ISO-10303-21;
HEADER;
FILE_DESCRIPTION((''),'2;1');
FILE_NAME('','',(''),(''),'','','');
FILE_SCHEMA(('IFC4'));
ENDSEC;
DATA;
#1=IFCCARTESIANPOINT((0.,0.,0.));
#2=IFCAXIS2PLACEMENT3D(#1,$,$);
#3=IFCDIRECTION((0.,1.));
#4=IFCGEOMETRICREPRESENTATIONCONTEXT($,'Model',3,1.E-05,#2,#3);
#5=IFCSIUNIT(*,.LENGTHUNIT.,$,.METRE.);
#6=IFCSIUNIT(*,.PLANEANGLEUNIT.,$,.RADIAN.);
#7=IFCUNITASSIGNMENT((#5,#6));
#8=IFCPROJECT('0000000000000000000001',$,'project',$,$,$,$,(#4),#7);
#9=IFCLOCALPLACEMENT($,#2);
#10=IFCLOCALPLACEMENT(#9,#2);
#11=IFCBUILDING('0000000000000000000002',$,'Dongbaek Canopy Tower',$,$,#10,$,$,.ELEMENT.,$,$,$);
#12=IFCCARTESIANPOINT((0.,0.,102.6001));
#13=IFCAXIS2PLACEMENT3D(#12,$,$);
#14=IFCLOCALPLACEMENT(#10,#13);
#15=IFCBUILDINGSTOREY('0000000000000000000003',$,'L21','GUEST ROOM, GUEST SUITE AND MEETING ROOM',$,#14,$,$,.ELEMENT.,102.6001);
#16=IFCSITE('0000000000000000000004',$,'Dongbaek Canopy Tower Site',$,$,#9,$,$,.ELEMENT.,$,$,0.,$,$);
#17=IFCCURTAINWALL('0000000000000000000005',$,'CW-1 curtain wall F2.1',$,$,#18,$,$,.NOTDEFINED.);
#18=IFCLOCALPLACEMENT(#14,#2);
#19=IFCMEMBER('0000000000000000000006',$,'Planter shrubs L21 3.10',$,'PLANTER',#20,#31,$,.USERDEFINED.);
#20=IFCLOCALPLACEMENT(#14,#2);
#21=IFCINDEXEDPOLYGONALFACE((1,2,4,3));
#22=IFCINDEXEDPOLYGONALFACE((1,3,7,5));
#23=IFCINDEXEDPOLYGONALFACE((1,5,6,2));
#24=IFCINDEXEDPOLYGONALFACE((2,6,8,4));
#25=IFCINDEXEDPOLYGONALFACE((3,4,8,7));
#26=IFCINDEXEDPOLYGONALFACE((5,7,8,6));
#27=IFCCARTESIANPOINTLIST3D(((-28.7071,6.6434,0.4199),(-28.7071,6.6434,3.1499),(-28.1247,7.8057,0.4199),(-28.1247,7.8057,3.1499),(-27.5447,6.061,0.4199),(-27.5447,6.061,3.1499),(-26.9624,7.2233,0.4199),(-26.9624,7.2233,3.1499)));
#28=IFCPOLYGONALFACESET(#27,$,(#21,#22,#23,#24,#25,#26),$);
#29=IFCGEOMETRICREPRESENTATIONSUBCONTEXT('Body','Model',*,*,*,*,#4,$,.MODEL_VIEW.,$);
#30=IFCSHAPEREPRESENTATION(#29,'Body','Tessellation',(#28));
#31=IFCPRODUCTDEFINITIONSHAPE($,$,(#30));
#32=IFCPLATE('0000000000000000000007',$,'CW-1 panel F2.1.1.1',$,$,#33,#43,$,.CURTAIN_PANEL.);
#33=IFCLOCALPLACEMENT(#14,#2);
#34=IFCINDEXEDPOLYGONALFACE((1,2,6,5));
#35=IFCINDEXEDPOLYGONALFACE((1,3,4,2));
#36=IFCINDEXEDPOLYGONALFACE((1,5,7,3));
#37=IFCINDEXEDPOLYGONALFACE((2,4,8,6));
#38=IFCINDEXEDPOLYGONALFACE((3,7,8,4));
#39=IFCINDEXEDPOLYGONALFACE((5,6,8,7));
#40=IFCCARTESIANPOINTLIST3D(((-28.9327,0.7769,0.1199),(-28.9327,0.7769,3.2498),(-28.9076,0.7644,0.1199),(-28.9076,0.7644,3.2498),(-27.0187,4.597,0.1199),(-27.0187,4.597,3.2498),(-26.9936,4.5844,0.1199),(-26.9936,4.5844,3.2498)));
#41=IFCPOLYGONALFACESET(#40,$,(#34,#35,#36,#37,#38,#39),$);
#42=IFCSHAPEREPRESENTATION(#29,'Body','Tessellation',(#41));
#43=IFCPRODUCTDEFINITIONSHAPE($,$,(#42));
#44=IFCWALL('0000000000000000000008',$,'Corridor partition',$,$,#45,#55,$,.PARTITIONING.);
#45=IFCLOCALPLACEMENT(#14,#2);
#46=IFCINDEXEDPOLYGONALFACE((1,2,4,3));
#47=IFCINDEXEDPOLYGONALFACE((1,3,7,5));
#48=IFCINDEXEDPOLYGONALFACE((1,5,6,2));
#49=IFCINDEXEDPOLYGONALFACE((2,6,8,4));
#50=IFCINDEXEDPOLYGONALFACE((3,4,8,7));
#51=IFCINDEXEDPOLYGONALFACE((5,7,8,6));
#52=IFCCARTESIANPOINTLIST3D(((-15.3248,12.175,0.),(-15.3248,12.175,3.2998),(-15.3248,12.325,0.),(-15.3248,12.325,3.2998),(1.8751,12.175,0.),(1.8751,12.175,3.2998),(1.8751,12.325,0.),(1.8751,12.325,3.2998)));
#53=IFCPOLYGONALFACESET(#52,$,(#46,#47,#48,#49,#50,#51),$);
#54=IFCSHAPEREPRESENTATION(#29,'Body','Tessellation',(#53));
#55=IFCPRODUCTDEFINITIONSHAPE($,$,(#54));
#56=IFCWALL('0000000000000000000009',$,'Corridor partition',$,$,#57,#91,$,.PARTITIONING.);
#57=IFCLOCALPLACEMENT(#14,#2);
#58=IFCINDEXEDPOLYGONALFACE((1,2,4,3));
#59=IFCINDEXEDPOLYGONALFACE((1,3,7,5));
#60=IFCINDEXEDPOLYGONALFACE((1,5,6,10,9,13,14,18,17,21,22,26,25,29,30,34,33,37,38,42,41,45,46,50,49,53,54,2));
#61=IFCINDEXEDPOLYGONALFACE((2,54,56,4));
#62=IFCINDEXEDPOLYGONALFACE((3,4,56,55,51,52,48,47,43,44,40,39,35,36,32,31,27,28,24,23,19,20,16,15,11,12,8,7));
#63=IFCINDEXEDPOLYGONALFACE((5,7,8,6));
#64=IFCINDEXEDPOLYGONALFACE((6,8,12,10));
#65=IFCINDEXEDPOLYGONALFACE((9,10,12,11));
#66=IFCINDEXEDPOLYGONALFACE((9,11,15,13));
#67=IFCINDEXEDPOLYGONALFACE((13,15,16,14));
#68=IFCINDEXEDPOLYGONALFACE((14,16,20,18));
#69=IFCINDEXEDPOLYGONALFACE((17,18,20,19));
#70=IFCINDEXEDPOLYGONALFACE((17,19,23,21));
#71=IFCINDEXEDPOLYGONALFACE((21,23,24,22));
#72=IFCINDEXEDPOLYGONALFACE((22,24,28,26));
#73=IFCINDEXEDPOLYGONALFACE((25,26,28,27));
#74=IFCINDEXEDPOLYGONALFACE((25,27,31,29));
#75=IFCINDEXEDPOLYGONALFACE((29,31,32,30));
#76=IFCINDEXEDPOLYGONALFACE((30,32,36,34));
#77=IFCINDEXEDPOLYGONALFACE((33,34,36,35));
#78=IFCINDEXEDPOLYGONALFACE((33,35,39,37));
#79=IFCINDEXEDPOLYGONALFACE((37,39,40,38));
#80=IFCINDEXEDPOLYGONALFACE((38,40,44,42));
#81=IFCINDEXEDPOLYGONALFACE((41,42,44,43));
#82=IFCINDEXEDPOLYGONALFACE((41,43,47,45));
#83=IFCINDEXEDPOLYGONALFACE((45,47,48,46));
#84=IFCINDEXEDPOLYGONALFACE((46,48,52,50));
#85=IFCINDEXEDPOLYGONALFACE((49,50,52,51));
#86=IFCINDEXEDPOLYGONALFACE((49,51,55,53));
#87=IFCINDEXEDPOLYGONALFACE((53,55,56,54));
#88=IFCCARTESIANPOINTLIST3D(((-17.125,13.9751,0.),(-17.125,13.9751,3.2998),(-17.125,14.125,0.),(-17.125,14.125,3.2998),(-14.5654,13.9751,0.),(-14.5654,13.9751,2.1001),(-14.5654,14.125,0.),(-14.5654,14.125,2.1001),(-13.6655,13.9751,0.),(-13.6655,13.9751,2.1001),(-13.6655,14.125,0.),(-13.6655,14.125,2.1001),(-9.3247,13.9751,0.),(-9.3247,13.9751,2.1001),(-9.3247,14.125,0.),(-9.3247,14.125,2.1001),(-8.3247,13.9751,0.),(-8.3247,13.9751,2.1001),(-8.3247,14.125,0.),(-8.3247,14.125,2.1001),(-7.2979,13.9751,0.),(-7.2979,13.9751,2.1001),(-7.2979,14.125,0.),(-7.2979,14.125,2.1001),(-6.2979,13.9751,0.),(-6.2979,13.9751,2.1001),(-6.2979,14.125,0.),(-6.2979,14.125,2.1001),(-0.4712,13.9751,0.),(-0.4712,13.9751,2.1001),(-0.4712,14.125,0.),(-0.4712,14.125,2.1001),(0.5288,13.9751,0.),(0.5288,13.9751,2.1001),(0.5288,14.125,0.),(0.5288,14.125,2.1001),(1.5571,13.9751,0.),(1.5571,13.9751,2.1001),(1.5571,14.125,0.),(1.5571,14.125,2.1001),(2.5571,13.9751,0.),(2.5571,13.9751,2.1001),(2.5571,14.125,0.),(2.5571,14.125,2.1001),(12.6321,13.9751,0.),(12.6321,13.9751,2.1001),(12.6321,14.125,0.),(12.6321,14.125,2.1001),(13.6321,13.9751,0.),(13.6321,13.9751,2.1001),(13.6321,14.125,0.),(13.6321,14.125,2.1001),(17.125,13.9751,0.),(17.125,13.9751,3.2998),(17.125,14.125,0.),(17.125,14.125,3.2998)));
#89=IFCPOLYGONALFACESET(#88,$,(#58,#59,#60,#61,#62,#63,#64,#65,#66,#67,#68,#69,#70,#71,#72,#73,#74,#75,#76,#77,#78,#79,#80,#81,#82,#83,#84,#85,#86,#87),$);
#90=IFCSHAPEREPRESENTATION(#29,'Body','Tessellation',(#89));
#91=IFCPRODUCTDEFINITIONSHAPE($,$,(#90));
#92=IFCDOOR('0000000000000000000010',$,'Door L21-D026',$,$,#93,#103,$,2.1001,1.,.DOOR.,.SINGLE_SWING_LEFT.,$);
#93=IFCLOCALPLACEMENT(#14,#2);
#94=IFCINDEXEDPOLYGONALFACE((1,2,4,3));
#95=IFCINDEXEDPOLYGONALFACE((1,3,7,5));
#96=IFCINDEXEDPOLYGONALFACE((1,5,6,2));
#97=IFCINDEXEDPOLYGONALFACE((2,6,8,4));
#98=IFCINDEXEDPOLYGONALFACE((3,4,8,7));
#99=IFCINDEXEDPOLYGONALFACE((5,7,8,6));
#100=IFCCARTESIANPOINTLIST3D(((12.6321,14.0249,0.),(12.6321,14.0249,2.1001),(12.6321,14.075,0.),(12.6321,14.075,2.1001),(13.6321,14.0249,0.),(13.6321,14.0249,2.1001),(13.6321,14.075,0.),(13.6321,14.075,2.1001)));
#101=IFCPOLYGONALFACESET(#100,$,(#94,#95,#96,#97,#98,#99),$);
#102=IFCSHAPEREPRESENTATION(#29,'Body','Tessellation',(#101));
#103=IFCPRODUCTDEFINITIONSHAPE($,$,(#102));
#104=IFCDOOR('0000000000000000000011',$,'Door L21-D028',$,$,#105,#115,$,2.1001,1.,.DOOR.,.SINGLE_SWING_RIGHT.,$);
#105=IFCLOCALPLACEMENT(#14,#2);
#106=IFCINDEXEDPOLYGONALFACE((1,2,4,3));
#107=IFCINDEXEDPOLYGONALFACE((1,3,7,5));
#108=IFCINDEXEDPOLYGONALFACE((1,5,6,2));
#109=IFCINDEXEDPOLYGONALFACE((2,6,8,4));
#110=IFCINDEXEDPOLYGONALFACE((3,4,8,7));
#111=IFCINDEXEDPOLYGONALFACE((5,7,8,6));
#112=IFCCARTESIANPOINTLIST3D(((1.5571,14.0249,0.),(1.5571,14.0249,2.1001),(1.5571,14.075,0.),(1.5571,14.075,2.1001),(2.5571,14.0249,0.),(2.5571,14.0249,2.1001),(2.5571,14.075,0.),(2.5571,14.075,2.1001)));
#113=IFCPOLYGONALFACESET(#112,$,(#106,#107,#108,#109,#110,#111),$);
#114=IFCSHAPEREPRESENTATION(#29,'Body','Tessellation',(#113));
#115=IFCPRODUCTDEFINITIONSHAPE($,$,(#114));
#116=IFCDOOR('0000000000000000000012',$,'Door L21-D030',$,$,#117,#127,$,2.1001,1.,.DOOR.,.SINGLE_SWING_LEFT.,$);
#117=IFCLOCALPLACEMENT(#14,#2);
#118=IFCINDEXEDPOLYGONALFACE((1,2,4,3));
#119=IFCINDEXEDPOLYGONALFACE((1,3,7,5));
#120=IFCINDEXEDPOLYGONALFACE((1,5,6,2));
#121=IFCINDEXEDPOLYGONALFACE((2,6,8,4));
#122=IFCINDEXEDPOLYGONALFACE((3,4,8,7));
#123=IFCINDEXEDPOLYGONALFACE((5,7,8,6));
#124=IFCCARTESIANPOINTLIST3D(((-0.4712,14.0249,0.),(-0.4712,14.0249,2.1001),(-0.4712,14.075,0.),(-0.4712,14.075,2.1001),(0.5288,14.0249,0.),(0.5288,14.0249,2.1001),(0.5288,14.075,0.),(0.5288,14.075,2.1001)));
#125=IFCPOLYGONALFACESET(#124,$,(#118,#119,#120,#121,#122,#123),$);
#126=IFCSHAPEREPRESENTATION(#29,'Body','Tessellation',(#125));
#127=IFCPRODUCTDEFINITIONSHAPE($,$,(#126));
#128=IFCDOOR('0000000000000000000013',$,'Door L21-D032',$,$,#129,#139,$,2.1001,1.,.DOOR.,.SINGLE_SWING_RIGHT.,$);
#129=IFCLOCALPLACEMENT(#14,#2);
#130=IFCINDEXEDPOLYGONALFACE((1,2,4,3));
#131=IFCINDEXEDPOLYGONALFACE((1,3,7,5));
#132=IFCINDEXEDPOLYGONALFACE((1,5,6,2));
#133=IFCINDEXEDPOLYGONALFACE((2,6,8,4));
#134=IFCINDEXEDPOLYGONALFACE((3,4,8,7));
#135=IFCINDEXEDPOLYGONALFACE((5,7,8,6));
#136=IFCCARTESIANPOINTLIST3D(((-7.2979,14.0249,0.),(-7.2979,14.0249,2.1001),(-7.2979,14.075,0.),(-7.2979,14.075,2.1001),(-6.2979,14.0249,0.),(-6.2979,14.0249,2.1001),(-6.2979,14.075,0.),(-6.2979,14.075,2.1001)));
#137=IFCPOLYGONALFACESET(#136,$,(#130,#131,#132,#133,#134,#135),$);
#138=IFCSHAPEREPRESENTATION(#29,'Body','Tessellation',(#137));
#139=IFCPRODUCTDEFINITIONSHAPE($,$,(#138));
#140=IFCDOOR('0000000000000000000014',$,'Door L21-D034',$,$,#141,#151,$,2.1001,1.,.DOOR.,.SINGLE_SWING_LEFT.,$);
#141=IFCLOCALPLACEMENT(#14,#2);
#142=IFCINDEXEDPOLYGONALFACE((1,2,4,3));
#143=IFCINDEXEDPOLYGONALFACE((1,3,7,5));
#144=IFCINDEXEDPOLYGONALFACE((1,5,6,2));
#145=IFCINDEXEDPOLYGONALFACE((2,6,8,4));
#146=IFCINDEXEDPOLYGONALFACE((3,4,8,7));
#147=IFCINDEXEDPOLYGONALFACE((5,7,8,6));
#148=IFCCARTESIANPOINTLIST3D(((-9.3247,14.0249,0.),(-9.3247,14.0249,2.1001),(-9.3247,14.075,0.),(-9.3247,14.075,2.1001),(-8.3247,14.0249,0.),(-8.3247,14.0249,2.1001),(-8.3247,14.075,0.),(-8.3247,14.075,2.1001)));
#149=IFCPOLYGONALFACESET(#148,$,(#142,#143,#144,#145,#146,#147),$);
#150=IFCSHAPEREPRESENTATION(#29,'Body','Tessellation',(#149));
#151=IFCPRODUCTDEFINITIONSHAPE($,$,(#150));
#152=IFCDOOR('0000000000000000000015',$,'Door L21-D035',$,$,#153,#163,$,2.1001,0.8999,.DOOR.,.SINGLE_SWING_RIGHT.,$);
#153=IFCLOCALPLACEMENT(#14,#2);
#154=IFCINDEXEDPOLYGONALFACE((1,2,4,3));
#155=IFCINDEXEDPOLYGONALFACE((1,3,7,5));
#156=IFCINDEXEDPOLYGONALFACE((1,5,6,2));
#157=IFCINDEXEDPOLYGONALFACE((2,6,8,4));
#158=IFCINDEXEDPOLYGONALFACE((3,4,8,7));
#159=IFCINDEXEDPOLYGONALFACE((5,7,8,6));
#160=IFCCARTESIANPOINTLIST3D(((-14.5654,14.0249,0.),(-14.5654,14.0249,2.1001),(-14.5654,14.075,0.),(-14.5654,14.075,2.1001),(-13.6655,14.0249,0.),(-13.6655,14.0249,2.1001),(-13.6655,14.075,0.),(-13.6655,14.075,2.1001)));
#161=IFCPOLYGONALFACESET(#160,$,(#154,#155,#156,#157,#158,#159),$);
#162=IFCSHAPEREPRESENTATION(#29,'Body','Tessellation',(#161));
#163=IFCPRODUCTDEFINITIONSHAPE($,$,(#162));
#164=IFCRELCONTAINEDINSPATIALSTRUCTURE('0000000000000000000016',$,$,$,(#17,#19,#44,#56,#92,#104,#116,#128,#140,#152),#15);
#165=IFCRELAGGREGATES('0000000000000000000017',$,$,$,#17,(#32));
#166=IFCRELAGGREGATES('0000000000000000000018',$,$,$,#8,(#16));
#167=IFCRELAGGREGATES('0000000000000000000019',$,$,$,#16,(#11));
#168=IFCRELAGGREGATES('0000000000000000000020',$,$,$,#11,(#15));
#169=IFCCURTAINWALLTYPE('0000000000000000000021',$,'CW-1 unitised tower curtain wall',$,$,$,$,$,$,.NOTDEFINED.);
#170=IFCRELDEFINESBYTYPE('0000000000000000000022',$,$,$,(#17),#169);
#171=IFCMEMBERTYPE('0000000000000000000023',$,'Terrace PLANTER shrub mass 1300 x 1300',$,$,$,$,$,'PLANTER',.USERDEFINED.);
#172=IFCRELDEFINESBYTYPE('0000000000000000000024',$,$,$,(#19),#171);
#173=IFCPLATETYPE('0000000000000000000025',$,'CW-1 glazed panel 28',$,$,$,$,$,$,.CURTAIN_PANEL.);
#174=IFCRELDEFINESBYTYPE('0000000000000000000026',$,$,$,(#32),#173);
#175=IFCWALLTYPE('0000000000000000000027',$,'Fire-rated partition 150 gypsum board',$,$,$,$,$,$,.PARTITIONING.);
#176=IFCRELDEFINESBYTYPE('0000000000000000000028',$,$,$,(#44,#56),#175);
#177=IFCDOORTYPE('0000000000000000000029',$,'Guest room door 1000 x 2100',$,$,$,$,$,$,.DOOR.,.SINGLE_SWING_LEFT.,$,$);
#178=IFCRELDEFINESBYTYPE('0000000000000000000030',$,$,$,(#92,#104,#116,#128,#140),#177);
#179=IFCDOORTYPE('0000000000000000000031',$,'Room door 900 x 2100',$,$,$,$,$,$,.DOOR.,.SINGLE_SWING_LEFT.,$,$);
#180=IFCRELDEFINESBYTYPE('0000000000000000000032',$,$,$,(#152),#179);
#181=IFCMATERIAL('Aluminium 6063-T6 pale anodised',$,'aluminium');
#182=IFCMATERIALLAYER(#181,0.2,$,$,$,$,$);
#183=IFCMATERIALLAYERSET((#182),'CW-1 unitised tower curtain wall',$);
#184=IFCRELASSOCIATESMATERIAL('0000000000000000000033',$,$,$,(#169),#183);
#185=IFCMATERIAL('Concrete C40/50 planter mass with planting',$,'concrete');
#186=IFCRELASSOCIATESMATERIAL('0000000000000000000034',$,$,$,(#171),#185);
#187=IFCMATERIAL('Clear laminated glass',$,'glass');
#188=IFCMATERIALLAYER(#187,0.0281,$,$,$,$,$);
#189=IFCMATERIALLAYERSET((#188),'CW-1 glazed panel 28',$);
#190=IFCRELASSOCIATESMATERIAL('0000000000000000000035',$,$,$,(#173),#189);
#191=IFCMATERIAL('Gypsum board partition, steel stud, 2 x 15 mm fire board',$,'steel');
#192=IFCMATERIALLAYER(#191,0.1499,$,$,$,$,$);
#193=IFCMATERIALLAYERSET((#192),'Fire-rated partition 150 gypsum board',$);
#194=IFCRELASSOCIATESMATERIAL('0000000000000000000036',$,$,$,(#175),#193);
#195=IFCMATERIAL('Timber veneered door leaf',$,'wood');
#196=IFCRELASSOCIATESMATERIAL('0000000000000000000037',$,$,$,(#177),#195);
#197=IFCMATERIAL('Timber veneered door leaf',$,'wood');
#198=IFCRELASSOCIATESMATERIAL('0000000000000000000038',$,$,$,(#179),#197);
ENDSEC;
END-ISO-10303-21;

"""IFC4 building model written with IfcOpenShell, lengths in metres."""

from ifc_helpers import new_model, si_unit, direction, frame, frame_2d, origin, origin_2d, place, context, subcontext, project, spatial, rectangle, extrude, material, layer, layer_set, material_profile, profile_set, type_object, element, fill, aggregate, save


model = new_model("IFC4")

# Units and contexts
model_context = context("Model", 3, precision=1e-05, world=origin(), true_north=direction((0.0, 1.0)))
body_context = subcontext(model_context, "Body", "Model", "MODEL_VIEW")
ifc_project = project(units=[si_unit("LENGTHUNIT", "METRE"), si_unit("PLANEANGLEUNIT", "RADIAN")], contexts=[model_context])

# Site, building, storey
site_placement = place(None, origin())
site = spatial("IfcSite", under=ifc_project, at=site_placement, Name="Dongbaek Canopy Tower Site", CompositionType="ELEMENT", RefElevation=0.0)
building_placement = place(site_placement, origin())
building = spatial("IfcBuilding", under=site, at=building_placement, Name="Dongbaek Canopy Tower", CompositionType="ELEMENT")
storey_placement = place(building_placement, frame((0.0, 0.0, 102.6001)))
storey = spatial("IfcBuildingStorey", under=building, at=storey_placement, Name="L21", Description="GUEST ROOM, GUEST SUITE AND MEETING ROOM", CompositionType="ELEMENT", Elevation=102.6001)

# Curtain wall
ifc_material_1 = material(Name="Aluminium 6063-T6 pale anodised", Category="aluminium")
ifc_layer_1 = layer(ifc_material_1, 0.2)
ifc_layer_set_1 = layer_set([ifc_layer_1], Name="CW-1 unitised tower curtain wall")
curtain_wall_type = type_object("IfcCurtainWallType", Name="CW-1 unitised tower curtain wall", PredefinedType="NOTDEFINED", material=ifc_layer_set_1)
curtain_wall_placement = place(storey_placement, origin())
curtain_wall = element("IfcCurtainWall", 1, at=curtain_wall_placement, inside=storey, type_object=curtain_wall_type, Name="CW-1 curtain wall F2.1", PredefinedType="NOTDEFINED")

# Member
ifc_material_2 = material(Name="Concrete C40/50 planter mass with planting", Category="concrete")
ifc_material_profile_1 = material_profile(ifc_material_2, rectangle(XDim=1.3, YDim=1.3, at=origin_2d()), Name="Terrace PLANTER shrub mass 1300 x 1300")
ifc_profile_set_1 = profile_set([ifc_material_profile_1], Name="Concrete C40/50 planter mass with planting")
member_type_1 = type_object("IfcMemberType", Name="Terrace PLANTER shrub mass 1300 x 1300", ElementType="PLANTER", PredefinedType="USERDEFINED", material=ifc_profile_set_1)
for number, where, z_axis, x_axis, name in (
    (2, (-27.8347, 6.9333, 0.4199), (0.0, 0.0, 1.0), (-0.894056, 0.447956, 0.0), "Planter shrubs L21 3.10"),
):
    element("IfcMember", number, at=place(storey_placement, frame(where, z_axis=z_axis, x_axis=x_axis)), inside=storey, type_object=member_type_1, Name=name, ObjectType="PLANTER", PredefinedType="USERDEFINED", context=body_context, shape_type="SweptSolid", body=[
        extrude(rectangle(XDim=1.3, YDim=1.3, at=origin_2d()), origin(), (0.0, 0.0, 1.0), 2.73),
    ])

# Plate
ifc_material_3 = material(Name="Clear laminated glass", Category="glass")
ifc_layer_2 = layer(ifc_material_3, 0.0281)
ifc_layer_set_2 = layer_set([ifc_layer_2], Name="CW-1 glazed panel 28")
plate_type = type_object("IfcPlateType", Name="CW-1 glazed panel 28", PredefinedType="CURTAIN_PANEL", material=ifc_layer_set_2)
plate_placement = place(storey_placement, frame((-27.9631, 2.6807, 0.1199), z_axis=(0.0, 0.0, 1.0), x_axis=(-0.447956, -0.894056, 0.0)))
plate = element("IfcPlate", 3, at=plate_placement, type_object=plate_type, Name="CW-1 panel F2.1.1.1", PredefinedType="CURTAIN_PANEL", context=body_context, shape_type="SweptSolid", body=[
    extrude(rectangle(XDim=4.2727, YDim=0.0281, at=origin_2d()), origin(), (0.0, 0.0, 1.0), 3.1299),
])

# Wall
ifc_material_4 = material(Name="Gypsum board partition, steel stud, 2 x 15 mm fire board", Category="steel")
ifc_layer_3 = layer(ifc_material_4, 0.1499)
ifc_layer_set_3 = layer_set([ifc_layer_3], Name="Fire-rated partition 150 gypsum board")
wall_type_1 = type_object("IfcWallType", Name="Fire-rated partition 150 gypsum board", PredefinedType="PARTITIONING", material=ifc_layer_set_3)
wall_1_placement = place(storey_placement, frame((-15.325, 12.25, 0.0), z_axis=(0.0, 0.0, 1.0), x_axis=(1.0, 0.0, 0.0)))
element("IfcWall", 4, at=wall_1_placement, inside=storey, type_object=wall_type_1, Name="Corridor partition", PredefinedType="PARTITIONING", context=body_context, shape_type="SweptSolid", body=[
    extrude(rectangle(XDim=17.2, YDim=0.1499, at=frame_2d((8.6001, 0.0))), origin(), (0.0, 0.0, 1.0), 3.2998),
])

# Wall, openings, doors
wall_2_placement = place(storey_placement, frame((-17.125, 14.05, 0.0), z_axis=(0.0, 0.0, 1.0), x_axis=(1.0, 0.0, 0.0)))
wall_2 = element("IfcWall", 5, at=wall_2_placement, inside=storey, type_object=wall_type_1, Name="Corridor partition", PredefinedType="PARTITIONING", context=body_context, shape_type="SweptSolid", body=[
    extrude(rectangle(XDim=34.25, YDim=0.1499, at=frame_2d((17.125, 0.0))), origin(), (0.0, 0.0, 1.0), 3.2998),
])
opening_1_placement = place(wall_2_placement, frame((29.7571, 0.0, 0.0)))
opening_1 = element("IfcOpeningElement", 6, at=opening_1_placement, cuts=wall_2, PredefinedType="OPENING", context=body_context, shape_type="SweptSolid", body=[
    extrude(rectangle(XDim=1.0, YDim=2.1001, at=frame_2d((0.5, 1.05))), frame((0.0, 0.085, 0.0), z_axis=(0.0, -1.0, 0.0), x_axis=(1.0, 0.0, 0.0)), (0.0, 0.0, 1.0), 0.1699),
])
opening_2_placement = place(wall_2_placement, frame((18.6821, 0.0, 0.0)))
opening_2 = element("IfcOpeningElement", 7, at=opening_2_placement, cuts=wall_2, PredefinedType="OPENING", context=body_context, shape_type="SweptSolid", body=[
    extrude(rectangle(XDim=1.0, YDim=2.1001, at=frame_2d((0.5, 1.05))), frame((0.0, 0.085, 0.0), z_axis=(0.0, -1.0, 0.0), x_axis=(1.0, 0.0, 0.0)), (0.0, 0.0, 1.0), 0.1699),
])
opening_3_placement = place(wall_2_placement, frame((16.6538, 0.0, 0.0)))
opening_3 = element("IfcOpeningElement", 8, at=opening_3_placement, cuts=wall_2, PredefinedType="OPENING", context=body_context, shape_type="SweptSolid", body=[
    extrude(rectangle(XDim=1.0, YDim=2.1001, at=frame_2d((0.5, 1.05))), frame((0.0, 0.085, 0.0), z_axis=(0.0, -1.0, 0.0), x_axis=(1.0, 0.0, 0.0)), (0.0, 0.0, 1.0), 0.1699),
])
opening_4_placement = place(wall_2_placement, frame((9.8271, 0.0, 0.0)))
opening_4 = element("IfcOpeningElement", 9, at=opening_4_placement, cuts=wall_2, PredefinedType="OPENING", context=body_context, shape_type="SweptSolid", body=[
    extrude(rectangle(XDim=1.0, YDim=2.1001, at=frame_2d((0.5, 1.05))), frame((0.0, 0.085, 0.0), z_axis=(0.0, -1.0, 0.0), x_axis=(1.0, 0.0, 0.0)), (0.0, 0.0, 1.0), 0.1699),
])
opening_5_placement = place(wall_2_placement, frame((7.8003, 0.0, 0.0)))
opening_5 = element("IfcOpeningElement", 10, at=opening_5_placement, cuts=wall_2, PredefinedType="OPENING", context=body_context, shape_type="SweptSolid", body=[
    extrude(rectangle(XDim=1.0, YDim=2.1001, at=frame_2d((0.5, 1.05))), frame((0.0, 0.085, 0.0), z_axis=(0.0, -1.0, 0.0), x_axis=(1.0, 0.0, 0.0)), (0.0, 0.0, 1.0), 0.1699),
])
opening_6_placement = place(wall_2_placement, frame((2.5596, 0.0, 0.0)))
opening_6 = element("IfcOpeningElement", 11, at=opening_6_placement, cuts=wall_2, PredefinedType="OPENING", context=body_context, shape_type="SweptSolid", body=[
    extrude(rectangle(XDim=0.8999, YDim=2.1001, at=frame_2d((0.45, 1.05))), frame((0.0, 0.085, 0.0), z_axis=(0.0, -1.0, 0.0), x_axis=(1.0, 0.0, 0.0)), (0.0, 0.0, 1.0), 0.1699),
])
ifc_material_5 = material(Name="Timber veneered door leaf", Category="wood")
door_type_1 = type_object("IfcDoorType", Name="Guest room door 1000 x 2100", OperationType="SINGLE_SWING_LEFT", PredefinedType="DOOR", material=ifc_material_5)
door_1_placement = place(opening_1_placement, origin())
door_1 = element("IfcDoor", 12, at=door_1_placement, inside=storey, type_object=door_type_1, Name="Door L21-D026", OperationType="SINGLE_SWING_LEFT", OverallHeight=2.1001, OverallWidth=1.0, PredefinedType="DOOR", context=body_context, shape_type="SweptSolid", body=[
    extrude(rectangle(XDim=1.0, YDim=2.1001, at=frame_2d((0.5, 1.05))), frame((0.0, 0.0249, 0.0), z_axis=(0.0, -1.0, 0.0), x_axis=(1.0, 0.0, 0.0)), (0.0, 0.0, 1.0), 0.05),
])
fill(opening_1, door_1)
door_2_placement = place(opening_2_placement, origin())
door_2 = element("IfcDoor", 13, at=door_2_placement, inside=storey, type_object=door_type_1, Name="Door L21-D028", OperationType="SINGLE_SWING_RIGHT", OverallHeight=2.1001, OverallWidth=1.0, PredefinedType="DOOR", context=body_context, shape_type="SweptSolid", body=[
    extrude(rectangle(XDim=1.0, YDim=2.1001, at=frame_2d((0.5, 1.05))), frame((0.0, 0.0249, 0.0), z_axis=(0.0, -1.0, 0.0), x_axis=(1.0, 0.0, 0.0)), (0.0, 0.0, 1.0), 0.05),
])
fill(opening_2, door_2)
door_3_placement = place(opening_3_placement, origin())
door_3 = element("IfcDoor", 14, at=door_3_placement, inside=storey, type_object=door_type_1, Name="Door L21-D030", OperationType="SINGLE_SWING_LEFT", OverallHeight=2.1001, OverallWidth=1.0, PredefinedType="DOOR", context=body_context, shape_type="SweptSolid", body=[
    extrude(rectangle(XDim=1.0, YDim=2.1001, at=frame_2d((0.5, 1.05))), frame((0.0, 0.0249, 0.0), z_axis=(0.0, -1.0, 0.0), x_axis=(1.0, 0.0, 0.0)), (0.0, 0.0, 1.0), 0.05),
])
fill(opening_3, door_3)
door_4_placement = place(opening_4_placement, origin())
door_4 = element("IfcDoor", 15, at=door_4_placement, inside=storey, type_object=door_type_1, Name="Door L21-D032", OperationType="SINGLE_SWING_RIGHT", OverallHeight=2.1001, OverallWidth=1.0, PredefinedType="DOOR", context=body_context, shape_type="SweptSolid", body=[
    extrude(rectangle(XDim=1.0, YDim=2.1001, at=frame_2d((0.5, 1.05))), frame((0.0, 0.0249, 0.0), z_axis=(0.0, -1.0, 0.0), x_axis=(1.0, 0.0, 0.0)), (0.0, 0.0, 1.0), 0.05),
])
fill(opening_4, door_4)
door_5_placement = place(opening_5_placement, origin())
door_5 = element("IfcDoor", 16, at=door_5_placement, inside=storey, type_object=door_type_1, Name="Door L21-D034", OperationType="SINGLE_SWING_LEFT", OverallHeight=2.1001, OverallWidth=1.0, PredefinedType="DOOR", context=body_context, shape_type="SweptSolid", body=[
    extrude(rectangle(XDim=1.0, YDim=2.1001, at=frame_2d((0.5, 1.05))), frame((0.0, 0.0249, 0.0), z_axis=(0.0, -1.0, 0.0), x_axis=(1.0, 0.0, 0.0)), (0.0, 0.0, 1.0), 0.05),
])
fill(opening_5, door_5)
ifc_material_6 = material(Name="Timber veneered door leaf", Category="wood")
door_type_2 = type_object("IfcDoorType", Name="Room door 900 x 2100", OperationType="SINGLE_SWING_LEFT", PredefinedType="DOOR", material=ifc_material_6)
door_6_placement = place(opening_6_placement, origin())
door_6 = element("IfcDoor", 17, at=door_6_placement, inside=storey, type_object=door_type_2, Name="Door L21-D035", OperationType="SINGLE_SWING_RIGHT", OverallHeight=2.1001, OverallWidth=0.8999, PredefinedType="DOOR", context=body_context, shape_type="SweptSolid", body=[
    extrude(rectangle(XDim=0.8999, YDim=2.1001, at=frame_2d((0.45, 1.05))), frame((0.0, 0.0249, 0.0), z_axis=(0.0, -1.0, 0.0), x_axis=(1.0, 0.0, 0.0)), (0.0, 0.0, 1.0), 0.05),
])
fill(opening_6, door_6)

aggregate(curtain_wall, [plate])

save(model, "model.ifc")
